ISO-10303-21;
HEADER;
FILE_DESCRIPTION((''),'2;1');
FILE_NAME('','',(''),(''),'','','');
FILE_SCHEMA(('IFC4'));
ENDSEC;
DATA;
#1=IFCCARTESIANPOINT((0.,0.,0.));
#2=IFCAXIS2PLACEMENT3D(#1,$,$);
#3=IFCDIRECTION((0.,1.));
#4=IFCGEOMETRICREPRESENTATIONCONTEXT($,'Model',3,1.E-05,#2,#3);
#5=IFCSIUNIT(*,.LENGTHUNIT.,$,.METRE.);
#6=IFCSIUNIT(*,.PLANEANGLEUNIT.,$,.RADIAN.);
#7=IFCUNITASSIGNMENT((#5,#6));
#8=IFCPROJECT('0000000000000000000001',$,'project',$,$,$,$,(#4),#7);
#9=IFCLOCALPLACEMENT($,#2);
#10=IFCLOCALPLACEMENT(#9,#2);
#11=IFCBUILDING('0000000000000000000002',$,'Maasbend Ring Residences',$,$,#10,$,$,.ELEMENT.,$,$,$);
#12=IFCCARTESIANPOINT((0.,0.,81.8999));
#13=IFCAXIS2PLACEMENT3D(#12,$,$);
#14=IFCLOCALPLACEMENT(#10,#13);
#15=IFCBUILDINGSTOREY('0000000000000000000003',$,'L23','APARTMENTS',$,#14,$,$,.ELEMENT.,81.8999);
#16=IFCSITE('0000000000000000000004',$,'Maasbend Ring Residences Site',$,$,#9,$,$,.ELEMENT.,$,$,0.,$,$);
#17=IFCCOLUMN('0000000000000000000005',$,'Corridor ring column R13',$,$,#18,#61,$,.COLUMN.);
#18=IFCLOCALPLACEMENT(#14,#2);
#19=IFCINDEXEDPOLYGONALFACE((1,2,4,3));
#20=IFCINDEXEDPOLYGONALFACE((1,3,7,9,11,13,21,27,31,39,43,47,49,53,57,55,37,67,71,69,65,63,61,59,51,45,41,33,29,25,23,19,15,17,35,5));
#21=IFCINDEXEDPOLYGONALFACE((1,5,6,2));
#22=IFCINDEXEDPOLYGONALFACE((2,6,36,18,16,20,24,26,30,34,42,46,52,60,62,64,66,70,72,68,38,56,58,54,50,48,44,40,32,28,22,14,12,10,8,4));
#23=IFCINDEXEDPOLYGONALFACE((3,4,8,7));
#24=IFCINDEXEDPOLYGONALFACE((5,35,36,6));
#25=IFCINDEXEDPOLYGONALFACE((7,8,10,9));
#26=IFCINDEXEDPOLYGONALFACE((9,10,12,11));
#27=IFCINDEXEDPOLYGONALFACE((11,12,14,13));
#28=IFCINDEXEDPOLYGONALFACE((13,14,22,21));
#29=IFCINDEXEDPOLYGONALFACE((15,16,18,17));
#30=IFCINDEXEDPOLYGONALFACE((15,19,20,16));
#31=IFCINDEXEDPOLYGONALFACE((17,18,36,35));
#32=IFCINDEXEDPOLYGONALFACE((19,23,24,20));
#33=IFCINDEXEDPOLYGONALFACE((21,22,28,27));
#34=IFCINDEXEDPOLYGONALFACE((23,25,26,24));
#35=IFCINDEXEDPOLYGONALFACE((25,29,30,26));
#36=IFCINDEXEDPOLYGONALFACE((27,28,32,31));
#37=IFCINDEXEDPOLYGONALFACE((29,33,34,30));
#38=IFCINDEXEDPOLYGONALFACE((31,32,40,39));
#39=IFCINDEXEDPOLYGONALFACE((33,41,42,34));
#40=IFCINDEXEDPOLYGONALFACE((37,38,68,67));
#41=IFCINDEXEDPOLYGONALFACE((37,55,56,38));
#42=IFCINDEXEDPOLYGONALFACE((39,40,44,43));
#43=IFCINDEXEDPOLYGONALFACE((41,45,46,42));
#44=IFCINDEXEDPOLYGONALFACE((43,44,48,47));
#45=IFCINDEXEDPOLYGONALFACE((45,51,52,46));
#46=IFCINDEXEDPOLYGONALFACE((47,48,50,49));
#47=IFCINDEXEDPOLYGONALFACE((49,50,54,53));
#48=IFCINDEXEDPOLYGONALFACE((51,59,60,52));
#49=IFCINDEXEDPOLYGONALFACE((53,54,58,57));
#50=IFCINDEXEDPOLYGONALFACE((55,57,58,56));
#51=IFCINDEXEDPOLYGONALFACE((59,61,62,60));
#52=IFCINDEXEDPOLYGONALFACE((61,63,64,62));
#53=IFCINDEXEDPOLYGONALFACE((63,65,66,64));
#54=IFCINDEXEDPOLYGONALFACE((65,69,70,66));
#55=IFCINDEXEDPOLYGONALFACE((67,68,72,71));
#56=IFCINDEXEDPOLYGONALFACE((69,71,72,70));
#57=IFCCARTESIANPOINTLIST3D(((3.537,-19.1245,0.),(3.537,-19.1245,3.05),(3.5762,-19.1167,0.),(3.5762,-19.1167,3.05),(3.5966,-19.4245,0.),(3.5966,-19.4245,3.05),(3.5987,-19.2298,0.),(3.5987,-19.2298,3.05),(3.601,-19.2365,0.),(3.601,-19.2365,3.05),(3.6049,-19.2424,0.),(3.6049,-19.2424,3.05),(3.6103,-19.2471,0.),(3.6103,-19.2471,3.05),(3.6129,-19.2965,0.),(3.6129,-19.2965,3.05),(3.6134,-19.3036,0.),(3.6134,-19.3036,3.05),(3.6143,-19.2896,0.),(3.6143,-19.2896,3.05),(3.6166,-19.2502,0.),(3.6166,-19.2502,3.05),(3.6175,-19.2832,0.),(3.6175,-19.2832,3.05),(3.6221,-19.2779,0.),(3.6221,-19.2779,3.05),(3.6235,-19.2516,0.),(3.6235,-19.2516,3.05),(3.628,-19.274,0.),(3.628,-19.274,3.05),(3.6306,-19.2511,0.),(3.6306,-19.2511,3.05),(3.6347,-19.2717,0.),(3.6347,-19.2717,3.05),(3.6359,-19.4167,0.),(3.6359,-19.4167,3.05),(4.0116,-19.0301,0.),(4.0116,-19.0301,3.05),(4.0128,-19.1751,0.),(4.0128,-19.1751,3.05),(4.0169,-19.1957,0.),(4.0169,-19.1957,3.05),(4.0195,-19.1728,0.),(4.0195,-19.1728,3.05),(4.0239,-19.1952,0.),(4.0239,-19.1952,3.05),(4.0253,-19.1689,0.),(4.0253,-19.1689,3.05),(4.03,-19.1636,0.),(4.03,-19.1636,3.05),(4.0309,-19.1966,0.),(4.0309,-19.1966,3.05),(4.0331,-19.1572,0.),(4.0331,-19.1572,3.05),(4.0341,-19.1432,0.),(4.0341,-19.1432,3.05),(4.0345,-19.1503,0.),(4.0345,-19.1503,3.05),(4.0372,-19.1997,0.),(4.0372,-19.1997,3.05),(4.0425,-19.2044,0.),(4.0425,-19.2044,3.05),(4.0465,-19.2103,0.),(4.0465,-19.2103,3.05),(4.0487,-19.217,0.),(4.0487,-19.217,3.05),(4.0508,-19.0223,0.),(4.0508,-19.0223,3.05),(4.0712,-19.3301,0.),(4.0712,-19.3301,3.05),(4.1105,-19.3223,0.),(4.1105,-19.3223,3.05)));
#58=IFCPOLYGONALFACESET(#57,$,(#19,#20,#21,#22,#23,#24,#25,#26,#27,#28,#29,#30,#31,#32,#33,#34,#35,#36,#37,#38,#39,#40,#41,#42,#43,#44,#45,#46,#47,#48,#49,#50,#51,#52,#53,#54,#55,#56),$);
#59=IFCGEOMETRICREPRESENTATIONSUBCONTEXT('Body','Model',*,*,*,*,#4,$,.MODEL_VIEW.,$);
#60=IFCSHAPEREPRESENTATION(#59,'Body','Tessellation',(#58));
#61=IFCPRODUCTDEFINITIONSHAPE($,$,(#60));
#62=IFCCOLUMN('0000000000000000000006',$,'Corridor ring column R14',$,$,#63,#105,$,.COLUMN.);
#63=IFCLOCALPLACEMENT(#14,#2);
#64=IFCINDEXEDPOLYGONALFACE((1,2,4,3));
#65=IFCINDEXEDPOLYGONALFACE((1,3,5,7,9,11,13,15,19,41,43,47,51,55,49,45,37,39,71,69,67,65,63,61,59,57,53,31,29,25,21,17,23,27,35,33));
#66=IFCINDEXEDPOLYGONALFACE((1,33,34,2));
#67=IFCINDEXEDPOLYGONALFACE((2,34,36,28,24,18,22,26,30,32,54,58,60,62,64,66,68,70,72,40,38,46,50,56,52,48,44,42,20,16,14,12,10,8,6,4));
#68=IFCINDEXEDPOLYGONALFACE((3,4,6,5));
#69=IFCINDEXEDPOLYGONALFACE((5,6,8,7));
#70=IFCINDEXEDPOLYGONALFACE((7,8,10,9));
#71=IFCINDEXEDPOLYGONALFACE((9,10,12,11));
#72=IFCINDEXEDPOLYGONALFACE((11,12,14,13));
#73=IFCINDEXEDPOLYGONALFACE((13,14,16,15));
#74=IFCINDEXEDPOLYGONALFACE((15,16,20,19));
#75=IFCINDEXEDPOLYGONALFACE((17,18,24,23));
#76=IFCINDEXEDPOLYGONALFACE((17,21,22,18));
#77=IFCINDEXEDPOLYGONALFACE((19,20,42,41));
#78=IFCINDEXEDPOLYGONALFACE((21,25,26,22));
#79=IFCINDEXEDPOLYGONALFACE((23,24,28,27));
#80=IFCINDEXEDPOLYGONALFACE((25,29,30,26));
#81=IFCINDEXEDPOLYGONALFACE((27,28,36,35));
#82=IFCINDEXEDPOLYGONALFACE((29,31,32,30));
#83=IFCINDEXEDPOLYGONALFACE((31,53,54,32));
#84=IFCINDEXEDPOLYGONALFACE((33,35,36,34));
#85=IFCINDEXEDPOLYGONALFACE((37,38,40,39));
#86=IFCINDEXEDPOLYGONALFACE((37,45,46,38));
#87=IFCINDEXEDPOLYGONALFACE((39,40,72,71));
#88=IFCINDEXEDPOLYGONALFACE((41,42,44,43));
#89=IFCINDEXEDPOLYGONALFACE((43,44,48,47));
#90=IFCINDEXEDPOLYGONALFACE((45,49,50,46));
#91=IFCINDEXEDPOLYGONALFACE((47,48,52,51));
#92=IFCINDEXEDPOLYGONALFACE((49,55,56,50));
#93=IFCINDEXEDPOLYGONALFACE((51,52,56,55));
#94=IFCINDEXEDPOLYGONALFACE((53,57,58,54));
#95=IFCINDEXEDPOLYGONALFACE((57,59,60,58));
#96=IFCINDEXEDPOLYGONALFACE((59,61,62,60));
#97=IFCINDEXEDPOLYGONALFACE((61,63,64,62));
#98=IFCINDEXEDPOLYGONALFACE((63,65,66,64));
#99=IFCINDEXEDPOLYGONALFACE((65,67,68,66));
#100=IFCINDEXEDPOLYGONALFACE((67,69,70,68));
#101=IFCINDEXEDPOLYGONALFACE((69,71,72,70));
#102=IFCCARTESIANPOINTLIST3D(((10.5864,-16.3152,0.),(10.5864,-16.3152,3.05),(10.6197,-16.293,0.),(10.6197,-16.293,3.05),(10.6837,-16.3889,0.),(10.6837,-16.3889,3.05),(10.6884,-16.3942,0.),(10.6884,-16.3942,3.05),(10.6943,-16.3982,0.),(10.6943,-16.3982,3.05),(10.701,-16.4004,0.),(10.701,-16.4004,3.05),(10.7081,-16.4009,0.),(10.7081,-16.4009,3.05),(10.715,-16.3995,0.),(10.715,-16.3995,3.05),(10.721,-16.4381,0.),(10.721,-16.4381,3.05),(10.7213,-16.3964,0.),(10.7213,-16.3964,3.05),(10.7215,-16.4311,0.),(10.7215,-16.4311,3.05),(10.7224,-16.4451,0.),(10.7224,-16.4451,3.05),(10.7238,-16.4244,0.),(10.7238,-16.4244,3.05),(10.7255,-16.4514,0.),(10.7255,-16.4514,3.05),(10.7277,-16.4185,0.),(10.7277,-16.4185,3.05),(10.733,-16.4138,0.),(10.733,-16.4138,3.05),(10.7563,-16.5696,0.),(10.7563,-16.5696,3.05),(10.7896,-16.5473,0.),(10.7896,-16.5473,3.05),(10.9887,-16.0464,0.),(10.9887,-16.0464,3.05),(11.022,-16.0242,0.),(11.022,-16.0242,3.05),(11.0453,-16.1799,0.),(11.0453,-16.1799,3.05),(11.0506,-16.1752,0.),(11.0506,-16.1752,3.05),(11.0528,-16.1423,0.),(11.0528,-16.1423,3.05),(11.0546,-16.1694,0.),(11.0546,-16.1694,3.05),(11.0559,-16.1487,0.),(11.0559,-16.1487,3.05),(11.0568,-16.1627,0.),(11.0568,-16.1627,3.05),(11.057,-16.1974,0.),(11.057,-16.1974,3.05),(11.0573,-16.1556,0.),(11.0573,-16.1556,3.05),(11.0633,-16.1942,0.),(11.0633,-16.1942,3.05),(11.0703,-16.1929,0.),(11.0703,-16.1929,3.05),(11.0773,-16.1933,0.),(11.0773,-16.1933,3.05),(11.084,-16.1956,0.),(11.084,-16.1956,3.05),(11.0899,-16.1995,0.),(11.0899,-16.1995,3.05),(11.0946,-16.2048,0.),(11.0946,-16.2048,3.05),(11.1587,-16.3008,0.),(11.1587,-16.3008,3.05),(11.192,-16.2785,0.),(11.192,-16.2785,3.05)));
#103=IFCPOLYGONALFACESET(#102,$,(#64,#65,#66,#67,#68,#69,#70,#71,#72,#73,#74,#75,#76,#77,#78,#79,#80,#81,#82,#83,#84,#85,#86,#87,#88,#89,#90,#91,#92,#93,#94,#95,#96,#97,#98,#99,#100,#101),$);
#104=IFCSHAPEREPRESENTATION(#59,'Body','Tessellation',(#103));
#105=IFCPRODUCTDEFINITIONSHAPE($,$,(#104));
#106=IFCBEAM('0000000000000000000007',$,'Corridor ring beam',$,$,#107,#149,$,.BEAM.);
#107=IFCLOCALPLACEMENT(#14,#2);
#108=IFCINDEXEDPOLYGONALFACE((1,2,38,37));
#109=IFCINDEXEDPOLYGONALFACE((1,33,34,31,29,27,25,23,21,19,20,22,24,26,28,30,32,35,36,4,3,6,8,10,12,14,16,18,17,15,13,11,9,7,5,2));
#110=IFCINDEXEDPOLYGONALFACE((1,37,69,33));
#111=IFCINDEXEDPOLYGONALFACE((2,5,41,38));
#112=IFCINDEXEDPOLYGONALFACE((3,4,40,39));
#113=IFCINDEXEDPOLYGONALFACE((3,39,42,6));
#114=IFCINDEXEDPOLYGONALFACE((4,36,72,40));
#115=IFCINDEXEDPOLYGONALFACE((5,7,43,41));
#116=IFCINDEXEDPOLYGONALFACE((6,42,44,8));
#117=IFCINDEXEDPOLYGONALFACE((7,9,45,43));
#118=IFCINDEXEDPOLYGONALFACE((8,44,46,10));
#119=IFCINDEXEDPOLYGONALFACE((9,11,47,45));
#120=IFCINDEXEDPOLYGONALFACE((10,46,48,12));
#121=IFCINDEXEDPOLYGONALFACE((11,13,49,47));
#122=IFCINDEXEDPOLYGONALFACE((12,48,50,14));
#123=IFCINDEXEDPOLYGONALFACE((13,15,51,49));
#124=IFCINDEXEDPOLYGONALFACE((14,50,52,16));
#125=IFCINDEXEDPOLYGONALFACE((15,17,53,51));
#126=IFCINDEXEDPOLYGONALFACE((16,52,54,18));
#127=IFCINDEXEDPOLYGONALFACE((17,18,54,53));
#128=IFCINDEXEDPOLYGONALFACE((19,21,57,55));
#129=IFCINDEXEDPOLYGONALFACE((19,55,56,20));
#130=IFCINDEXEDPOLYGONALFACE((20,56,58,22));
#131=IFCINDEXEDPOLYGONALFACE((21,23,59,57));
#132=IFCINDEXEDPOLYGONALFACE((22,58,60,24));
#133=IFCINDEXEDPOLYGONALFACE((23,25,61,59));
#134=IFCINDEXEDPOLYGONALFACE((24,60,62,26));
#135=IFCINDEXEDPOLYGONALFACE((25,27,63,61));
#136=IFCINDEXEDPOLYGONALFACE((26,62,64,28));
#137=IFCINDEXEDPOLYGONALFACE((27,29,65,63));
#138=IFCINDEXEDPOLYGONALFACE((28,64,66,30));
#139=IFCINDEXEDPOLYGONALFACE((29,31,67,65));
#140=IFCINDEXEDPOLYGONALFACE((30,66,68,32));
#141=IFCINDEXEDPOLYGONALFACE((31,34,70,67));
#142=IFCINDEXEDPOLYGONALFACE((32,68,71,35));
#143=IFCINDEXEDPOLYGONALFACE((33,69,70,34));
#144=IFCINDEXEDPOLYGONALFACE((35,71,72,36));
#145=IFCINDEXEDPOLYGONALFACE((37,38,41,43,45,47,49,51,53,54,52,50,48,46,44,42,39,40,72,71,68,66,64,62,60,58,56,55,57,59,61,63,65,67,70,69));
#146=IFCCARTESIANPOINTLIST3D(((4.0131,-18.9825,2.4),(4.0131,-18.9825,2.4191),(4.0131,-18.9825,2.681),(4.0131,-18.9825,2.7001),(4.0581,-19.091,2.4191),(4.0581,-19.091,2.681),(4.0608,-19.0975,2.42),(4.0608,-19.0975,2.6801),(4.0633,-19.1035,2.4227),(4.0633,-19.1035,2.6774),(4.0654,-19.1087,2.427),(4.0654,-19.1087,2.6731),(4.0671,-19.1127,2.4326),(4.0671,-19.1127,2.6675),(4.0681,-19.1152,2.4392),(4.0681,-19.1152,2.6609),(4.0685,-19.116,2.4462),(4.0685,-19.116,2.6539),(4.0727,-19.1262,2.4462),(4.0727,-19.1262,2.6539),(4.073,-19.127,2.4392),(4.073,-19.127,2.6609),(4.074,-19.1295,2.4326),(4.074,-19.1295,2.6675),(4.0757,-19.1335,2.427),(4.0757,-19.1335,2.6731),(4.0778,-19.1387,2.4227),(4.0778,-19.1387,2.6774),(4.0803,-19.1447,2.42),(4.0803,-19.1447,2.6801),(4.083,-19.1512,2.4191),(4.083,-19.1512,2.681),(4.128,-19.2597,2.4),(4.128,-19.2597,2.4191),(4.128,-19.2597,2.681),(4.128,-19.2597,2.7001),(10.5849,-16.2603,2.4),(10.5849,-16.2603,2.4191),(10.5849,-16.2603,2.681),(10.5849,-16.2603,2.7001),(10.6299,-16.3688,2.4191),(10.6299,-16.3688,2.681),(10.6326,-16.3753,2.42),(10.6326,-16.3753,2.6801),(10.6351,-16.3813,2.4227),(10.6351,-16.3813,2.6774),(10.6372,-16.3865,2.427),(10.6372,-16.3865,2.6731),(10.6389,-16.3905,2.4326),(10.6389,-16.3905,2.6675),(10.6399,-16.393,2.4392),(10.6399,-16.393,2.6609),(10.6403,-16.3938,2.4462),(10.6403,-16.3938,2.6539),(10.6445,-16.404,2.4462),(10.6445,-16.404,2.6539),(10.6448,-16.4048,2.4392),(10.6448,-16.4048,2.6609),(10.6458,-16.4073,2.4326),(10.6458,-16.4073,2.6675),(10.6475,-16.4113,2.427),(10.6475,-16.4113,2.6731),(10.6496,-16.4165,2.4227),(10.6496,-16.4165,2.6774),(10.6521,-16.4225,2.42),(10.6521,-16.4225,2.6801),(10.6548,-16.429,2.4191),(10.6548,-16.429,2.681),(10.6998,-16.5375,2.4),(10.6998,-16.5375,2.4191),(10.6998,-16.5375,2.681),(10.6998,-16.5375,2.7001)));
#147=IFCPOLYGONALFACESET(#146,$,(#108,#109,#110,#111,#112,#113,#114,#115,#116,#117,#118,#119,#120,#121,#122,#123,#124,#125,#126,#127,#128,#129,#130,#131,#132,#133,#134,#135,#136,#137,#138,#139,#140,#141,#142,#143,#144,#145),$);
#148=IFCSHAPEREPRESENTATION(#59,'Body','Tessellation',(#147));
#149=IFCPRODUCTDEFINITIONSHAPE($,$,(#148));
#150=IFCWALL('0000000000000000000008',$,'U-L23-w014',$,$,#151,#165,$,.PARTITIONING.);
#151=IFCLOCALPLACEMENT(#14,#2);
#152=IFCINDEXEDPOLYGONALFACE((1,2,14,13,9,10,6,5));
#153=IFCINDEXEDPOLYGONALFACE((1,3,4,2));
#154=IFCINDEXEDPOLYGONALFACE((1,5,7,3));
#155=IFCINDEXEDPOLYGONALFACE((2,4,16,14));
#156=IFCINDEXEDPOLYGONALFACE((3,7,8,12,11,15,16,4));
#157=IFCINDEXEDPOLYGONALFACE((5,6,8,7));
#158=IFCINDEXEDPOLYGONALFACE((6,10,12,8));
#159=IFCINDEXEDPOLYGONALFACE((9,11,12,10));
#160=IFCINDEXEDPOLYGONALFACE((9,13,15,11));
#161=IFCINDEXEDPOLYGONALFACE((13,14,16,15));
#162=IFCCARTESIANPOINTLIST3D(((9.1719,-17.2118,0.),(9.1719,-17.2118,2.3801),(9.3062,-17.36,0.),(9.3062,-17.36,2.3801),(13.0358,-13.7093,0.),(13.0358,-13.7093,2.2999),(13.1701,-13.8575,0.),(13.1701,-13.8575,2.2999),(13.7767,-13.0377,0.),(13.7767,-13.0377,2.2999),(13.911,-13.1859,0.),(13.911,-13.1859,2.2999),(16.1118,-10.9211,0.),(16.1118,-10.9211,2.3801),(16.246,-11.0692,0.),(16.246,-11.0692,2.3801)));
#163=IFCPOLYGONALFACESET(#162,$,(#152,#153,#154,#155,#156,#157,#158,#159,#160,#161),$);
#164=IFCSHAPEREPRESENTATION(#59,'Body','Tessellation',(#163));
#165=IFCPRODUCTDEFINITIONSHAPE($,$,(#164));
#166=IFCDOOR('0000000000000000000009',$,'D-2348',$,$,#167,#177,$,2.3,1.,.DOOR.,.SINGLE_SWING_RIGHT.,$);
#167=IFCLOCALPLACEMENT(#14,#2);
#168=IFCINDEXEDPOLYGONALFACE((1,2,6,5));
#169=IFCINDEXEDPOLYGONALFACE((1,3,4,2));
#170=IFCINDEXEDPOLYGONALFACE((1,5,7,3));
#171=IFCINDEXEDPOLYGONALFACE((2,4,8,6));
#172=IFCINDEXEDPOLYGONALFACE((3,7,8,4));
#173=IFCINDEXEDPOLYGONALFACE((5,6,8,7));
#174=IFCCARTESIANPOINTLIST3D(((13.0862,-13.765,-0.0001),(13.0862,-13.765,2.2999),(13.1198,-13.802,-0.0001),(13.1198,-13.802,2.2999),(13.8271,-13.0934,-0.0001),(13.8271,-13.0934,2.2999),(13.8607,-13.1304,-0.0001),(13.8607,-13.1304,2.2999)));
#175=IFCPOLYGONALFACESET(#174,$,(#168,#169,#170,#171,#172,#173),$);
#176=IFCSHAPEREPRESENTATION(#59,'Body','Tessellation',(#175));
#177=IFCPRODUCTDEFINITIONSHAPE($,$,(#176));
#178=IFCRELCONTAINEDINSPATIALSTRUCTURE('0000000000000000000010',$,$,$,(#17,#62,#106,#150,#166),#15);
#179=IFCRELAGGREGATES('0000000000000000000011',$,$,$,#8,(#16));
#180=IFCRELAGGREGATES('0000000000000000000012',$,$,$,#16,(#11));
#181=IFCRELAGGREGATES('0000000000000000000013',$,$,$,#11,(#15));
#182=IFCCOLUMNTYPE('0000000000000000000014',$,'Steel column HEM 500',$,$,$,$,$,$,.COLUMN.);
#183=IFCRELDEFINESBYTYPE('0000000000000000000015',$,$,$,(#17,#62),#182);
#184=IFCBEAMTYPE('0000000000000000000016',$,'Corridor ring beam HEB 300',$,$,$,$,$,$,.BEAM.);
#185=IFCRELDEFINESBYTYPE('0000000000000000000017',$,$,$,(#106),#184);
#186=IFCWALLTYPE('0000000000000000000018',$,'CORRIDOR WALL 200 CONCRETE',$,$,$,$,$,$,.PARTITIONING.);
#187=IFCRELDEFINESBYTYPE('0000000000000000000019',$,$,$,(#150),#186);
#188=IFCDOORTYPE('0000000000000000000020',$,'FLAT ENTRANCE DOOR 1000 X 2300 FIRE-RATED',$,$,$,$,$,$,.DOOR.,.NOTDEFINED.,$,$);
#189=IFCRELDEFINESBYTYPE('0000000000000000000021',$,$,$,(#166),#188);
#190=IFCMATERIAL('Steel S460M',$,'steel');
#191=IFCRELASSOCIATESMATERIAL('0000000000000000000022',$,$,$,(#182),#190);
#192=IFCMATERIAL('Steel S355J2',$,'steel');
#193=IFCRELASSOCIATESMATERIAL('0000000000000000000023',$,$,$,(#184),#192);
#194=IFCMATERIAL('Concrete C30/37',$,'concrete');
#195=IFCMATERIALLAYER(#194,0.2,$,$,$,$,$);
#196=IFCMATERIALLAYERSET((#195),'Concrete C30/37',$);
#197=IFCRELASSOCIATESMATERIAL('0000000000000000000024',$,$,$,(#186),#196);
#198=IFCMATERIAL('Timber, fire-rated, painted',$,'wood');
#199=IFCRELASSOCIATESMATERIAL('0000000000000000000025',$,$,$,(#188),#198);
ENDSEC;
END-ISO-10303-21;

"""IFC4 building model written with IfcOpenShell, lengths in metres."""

from ifc_helpers import new_model, si_unit, direction, frame, frame_2d, origin, origin_2d, place, context, subcontext, project, spatial, rectangle, i_section, extrude, material, layer, layer_set, material_profile, profile_set, type_object, element, fill, save


model = new_model("IFC4")

# Units and contexts
model_context = context("Model", 3, precision=1e-05, world=origin(), true_north=direction((0.0, 1.0)))
body_context = subcontext(model_context, "Body", "Model", "MODEL_VIEW")
ifc_project = project(units=[si_unit("LENGTHUNIT", "METRE"), si_unit("PLANEANGLEUNIT", "RADIAN")], contexts=[model_context])

# Site, building, storey
site_placement = place(None, origin())
site = spatial("IfcSite", under=ifc_project, at=site_placement, Name="Maasbend Ring Residences Site", CompositionType="ELEMENT", RefElevation=0.0)
building_placement = place(site_placement, origin())
building = spatial("IfcBuilding", under=site, at=building_placement, Name="Maasbend Ring Residences", CompositionType="ELEMENT")
storey_placement = place(building_placement, frame((0.0, 0.0, 81.8999)))
storey = spatial("IfcBuildingStorey", under=building, at=storey_placement, Name="L23", Description="APARTMENTS", CompositionType="ELEMENT", Elevation=81.8999)

# Columns
ifc_material_1 = material(Name="Steel S460M", Category="steel")
ifc_material_profile_1 = material_profile(ifc_material_1, i_section(OverallWidth=0.3059, OverallDepth=0.5239, WebThickness=0.021, FlangeThickness=0.04, FilletRadius=0.0271, at=origin_2d()), Name="HEM 500")
ifc_profile_set_1 = profile_set([ifc_material_profile_1], Name="Steel S460M")
column_type = type_object("IfcColumnType", Name="Steel column HEM 500", PredefinedType="COLUMN", material=ifc_profile_set_1)
for number, where, z_axis, x_axis, name in (
    (1, (3.8237, -19.2234, 0.0), (0.0, 0.0, 1.0), (0.19509, -0.980785, 0.0), "Corridor ring column R13"),
    (2, (10.8892, -16.2969, 0.0), (0.0, 0.0, 1.0), (0.55557, -0.83147, 0.0), "Corridor ring column R14"),
):
    element("IfcColumn", number, at=place(storey_placement, frame(where, z_axis=z_axis, x_axis=x_axis)), inside=storey, type_object=column_type, Name=name, PredefinedType="COLUMN", context=body_context, shape_type="SweptSolid", body=[
        extrude(i_section(OverallWidth=0.3059, OverallDepth=0.5239, WebThickness=0.021, FlangeThickness=0.04, FilletRadius=0.0271, at=origin_2d()), origin(), (0.0, 0.0, 1.0), 3.05),
    ])

# Beam
ifc_material_2 = material(Name="Steel S355J2", Category="steel")
ifc_material_profile_2 = material_profile(ifc_material_2, i_section(OverallWidth=0.3, OverallDepth=0.3, WebThickness=0.011, FlangeThickness=0.019, FilletRadius=0.0271, at=origin_2d()), Name="HEB 300")
ifc_profile_set_2 = profile_set([ifc_material_profile_2], Name="Steel S355J2")
beam_type = type_object("IfcBeamType", Name="Corridor ring beam HEB 300", PredefinedType="BEAM", material=ifc_profile_set_2)
beam_placement = place(storey_placement, frame((4.0706, -19.1211, 2.55), z_axis=(0.923877, 0.382689, 0.0), x_axis=(-0.382689, 0.923877, 0.0)))
element("IfcBeam", 3, at=beam_placement, inside=storey, type_object=beam_type, Name="Corridor ring beam", PredefinedType="BEAM", context=body_context, shape_type="SweptSolid", body=[
    extrude(i_section(OverallWidth=0.3, OverallDepth=0.3, WebThickness=0.011, FlangeThickness=0.019, FilletRadius=0.0271, at=origin_2d()), origin(), (0.0, 0.0, 1.0), 7.1133),
])

# Wall, opening, door
ifc_material_3 = material(Name="Concrete C30/37", Category="concrete")
ifc_layer_1 = layer(ifc_material_3, 0.2)
ifc_layer_set_1 = layer_set([ifc_layer_1], Name="Concrete C30/37")
wall_type_1 = type_object("IfcWallType", Name="CORRIDOR WALL 200 CONCRETE", PredefinedType="PARTITIONING", material=ifc_layer_set_1)
wall_1_placement = place(storey_placement, frame((9.239, -17.2859, 0.0), z_axis=(0.0, 0.0, 1.0), x_axis=(0.74091, 0.671604, 0.0)))
wall_1 = element("IfcWall", 4, at=wall_1_placement, inside=storey, type_object=wall_type_1, Name="U-L23-w014", PredefinedType="PARTITIONING", context=body_context, shape_type="SweptSolid", body=[
    extrude(rectangle(XDim=9.3667, YDim=0.2, at=frame_2d((4.6833, 0.0))), origin(), (0.0, 0.0, 1.0), 2.3801),
])
opening_1_placement = place(wall_1_placement, frame((5.2151, 0.0, 0.0)))
opening_1 = element("IfcOpeningElement", 5, at=opening_1_placement, cuts=wall_1, PredefinedType="OPENING", context=body_context, shape_type="SweptSolid", body=[
    extrude(rectangle(XDim=1.0, YDim=2.3, at=frame_2d((0.5, 1.1499))), frame((0.0, 0.1099, 0.0), z_axis=(0.0, -1.0, 0.0), x_axis=(1.0, 0.0, 0.0)), (0.0, 0.0, 1.0), 0.22),
])
ifc_material_4 = material(Name="Timber, fire-rated, painted", Category="wood")
door_type_1 = type_object("IfcDoorType", Name="FLAT ENTRANCE DOOR 1000 X 2300 FIRE-RATED", OperationType="NOTDEFINED", PredefinedType="DOOR", material=ifc_material_4)
door_1_placement = place(opening_1_placement, origin())
door_1 = element("IfcDoor", 6, at=door_1_placement, inside=storey, type_object=door_type_1, Name="D-2348", OperationType="SINGLE_SWING_RIGHT", OverallHeight=2.3, OverallWidth=1.0, PredefinedType="DOOR", context=body_context, shape_type="SweptSolid", body=[
    extrude(rectangle(XDim=1.0, YDim=2.3, at=frame_2d((0.5, 1.1499))), frame((0.0, 0.0249, 0.0), z_axis=(0.0, -1.0, 0.0), x_axis=(1.0, 0.0, 0.0)), (0.0, 0.0, 1.0), 0.05),
])
fill(opening_1, door_1)

save(model, "model.ifc")
